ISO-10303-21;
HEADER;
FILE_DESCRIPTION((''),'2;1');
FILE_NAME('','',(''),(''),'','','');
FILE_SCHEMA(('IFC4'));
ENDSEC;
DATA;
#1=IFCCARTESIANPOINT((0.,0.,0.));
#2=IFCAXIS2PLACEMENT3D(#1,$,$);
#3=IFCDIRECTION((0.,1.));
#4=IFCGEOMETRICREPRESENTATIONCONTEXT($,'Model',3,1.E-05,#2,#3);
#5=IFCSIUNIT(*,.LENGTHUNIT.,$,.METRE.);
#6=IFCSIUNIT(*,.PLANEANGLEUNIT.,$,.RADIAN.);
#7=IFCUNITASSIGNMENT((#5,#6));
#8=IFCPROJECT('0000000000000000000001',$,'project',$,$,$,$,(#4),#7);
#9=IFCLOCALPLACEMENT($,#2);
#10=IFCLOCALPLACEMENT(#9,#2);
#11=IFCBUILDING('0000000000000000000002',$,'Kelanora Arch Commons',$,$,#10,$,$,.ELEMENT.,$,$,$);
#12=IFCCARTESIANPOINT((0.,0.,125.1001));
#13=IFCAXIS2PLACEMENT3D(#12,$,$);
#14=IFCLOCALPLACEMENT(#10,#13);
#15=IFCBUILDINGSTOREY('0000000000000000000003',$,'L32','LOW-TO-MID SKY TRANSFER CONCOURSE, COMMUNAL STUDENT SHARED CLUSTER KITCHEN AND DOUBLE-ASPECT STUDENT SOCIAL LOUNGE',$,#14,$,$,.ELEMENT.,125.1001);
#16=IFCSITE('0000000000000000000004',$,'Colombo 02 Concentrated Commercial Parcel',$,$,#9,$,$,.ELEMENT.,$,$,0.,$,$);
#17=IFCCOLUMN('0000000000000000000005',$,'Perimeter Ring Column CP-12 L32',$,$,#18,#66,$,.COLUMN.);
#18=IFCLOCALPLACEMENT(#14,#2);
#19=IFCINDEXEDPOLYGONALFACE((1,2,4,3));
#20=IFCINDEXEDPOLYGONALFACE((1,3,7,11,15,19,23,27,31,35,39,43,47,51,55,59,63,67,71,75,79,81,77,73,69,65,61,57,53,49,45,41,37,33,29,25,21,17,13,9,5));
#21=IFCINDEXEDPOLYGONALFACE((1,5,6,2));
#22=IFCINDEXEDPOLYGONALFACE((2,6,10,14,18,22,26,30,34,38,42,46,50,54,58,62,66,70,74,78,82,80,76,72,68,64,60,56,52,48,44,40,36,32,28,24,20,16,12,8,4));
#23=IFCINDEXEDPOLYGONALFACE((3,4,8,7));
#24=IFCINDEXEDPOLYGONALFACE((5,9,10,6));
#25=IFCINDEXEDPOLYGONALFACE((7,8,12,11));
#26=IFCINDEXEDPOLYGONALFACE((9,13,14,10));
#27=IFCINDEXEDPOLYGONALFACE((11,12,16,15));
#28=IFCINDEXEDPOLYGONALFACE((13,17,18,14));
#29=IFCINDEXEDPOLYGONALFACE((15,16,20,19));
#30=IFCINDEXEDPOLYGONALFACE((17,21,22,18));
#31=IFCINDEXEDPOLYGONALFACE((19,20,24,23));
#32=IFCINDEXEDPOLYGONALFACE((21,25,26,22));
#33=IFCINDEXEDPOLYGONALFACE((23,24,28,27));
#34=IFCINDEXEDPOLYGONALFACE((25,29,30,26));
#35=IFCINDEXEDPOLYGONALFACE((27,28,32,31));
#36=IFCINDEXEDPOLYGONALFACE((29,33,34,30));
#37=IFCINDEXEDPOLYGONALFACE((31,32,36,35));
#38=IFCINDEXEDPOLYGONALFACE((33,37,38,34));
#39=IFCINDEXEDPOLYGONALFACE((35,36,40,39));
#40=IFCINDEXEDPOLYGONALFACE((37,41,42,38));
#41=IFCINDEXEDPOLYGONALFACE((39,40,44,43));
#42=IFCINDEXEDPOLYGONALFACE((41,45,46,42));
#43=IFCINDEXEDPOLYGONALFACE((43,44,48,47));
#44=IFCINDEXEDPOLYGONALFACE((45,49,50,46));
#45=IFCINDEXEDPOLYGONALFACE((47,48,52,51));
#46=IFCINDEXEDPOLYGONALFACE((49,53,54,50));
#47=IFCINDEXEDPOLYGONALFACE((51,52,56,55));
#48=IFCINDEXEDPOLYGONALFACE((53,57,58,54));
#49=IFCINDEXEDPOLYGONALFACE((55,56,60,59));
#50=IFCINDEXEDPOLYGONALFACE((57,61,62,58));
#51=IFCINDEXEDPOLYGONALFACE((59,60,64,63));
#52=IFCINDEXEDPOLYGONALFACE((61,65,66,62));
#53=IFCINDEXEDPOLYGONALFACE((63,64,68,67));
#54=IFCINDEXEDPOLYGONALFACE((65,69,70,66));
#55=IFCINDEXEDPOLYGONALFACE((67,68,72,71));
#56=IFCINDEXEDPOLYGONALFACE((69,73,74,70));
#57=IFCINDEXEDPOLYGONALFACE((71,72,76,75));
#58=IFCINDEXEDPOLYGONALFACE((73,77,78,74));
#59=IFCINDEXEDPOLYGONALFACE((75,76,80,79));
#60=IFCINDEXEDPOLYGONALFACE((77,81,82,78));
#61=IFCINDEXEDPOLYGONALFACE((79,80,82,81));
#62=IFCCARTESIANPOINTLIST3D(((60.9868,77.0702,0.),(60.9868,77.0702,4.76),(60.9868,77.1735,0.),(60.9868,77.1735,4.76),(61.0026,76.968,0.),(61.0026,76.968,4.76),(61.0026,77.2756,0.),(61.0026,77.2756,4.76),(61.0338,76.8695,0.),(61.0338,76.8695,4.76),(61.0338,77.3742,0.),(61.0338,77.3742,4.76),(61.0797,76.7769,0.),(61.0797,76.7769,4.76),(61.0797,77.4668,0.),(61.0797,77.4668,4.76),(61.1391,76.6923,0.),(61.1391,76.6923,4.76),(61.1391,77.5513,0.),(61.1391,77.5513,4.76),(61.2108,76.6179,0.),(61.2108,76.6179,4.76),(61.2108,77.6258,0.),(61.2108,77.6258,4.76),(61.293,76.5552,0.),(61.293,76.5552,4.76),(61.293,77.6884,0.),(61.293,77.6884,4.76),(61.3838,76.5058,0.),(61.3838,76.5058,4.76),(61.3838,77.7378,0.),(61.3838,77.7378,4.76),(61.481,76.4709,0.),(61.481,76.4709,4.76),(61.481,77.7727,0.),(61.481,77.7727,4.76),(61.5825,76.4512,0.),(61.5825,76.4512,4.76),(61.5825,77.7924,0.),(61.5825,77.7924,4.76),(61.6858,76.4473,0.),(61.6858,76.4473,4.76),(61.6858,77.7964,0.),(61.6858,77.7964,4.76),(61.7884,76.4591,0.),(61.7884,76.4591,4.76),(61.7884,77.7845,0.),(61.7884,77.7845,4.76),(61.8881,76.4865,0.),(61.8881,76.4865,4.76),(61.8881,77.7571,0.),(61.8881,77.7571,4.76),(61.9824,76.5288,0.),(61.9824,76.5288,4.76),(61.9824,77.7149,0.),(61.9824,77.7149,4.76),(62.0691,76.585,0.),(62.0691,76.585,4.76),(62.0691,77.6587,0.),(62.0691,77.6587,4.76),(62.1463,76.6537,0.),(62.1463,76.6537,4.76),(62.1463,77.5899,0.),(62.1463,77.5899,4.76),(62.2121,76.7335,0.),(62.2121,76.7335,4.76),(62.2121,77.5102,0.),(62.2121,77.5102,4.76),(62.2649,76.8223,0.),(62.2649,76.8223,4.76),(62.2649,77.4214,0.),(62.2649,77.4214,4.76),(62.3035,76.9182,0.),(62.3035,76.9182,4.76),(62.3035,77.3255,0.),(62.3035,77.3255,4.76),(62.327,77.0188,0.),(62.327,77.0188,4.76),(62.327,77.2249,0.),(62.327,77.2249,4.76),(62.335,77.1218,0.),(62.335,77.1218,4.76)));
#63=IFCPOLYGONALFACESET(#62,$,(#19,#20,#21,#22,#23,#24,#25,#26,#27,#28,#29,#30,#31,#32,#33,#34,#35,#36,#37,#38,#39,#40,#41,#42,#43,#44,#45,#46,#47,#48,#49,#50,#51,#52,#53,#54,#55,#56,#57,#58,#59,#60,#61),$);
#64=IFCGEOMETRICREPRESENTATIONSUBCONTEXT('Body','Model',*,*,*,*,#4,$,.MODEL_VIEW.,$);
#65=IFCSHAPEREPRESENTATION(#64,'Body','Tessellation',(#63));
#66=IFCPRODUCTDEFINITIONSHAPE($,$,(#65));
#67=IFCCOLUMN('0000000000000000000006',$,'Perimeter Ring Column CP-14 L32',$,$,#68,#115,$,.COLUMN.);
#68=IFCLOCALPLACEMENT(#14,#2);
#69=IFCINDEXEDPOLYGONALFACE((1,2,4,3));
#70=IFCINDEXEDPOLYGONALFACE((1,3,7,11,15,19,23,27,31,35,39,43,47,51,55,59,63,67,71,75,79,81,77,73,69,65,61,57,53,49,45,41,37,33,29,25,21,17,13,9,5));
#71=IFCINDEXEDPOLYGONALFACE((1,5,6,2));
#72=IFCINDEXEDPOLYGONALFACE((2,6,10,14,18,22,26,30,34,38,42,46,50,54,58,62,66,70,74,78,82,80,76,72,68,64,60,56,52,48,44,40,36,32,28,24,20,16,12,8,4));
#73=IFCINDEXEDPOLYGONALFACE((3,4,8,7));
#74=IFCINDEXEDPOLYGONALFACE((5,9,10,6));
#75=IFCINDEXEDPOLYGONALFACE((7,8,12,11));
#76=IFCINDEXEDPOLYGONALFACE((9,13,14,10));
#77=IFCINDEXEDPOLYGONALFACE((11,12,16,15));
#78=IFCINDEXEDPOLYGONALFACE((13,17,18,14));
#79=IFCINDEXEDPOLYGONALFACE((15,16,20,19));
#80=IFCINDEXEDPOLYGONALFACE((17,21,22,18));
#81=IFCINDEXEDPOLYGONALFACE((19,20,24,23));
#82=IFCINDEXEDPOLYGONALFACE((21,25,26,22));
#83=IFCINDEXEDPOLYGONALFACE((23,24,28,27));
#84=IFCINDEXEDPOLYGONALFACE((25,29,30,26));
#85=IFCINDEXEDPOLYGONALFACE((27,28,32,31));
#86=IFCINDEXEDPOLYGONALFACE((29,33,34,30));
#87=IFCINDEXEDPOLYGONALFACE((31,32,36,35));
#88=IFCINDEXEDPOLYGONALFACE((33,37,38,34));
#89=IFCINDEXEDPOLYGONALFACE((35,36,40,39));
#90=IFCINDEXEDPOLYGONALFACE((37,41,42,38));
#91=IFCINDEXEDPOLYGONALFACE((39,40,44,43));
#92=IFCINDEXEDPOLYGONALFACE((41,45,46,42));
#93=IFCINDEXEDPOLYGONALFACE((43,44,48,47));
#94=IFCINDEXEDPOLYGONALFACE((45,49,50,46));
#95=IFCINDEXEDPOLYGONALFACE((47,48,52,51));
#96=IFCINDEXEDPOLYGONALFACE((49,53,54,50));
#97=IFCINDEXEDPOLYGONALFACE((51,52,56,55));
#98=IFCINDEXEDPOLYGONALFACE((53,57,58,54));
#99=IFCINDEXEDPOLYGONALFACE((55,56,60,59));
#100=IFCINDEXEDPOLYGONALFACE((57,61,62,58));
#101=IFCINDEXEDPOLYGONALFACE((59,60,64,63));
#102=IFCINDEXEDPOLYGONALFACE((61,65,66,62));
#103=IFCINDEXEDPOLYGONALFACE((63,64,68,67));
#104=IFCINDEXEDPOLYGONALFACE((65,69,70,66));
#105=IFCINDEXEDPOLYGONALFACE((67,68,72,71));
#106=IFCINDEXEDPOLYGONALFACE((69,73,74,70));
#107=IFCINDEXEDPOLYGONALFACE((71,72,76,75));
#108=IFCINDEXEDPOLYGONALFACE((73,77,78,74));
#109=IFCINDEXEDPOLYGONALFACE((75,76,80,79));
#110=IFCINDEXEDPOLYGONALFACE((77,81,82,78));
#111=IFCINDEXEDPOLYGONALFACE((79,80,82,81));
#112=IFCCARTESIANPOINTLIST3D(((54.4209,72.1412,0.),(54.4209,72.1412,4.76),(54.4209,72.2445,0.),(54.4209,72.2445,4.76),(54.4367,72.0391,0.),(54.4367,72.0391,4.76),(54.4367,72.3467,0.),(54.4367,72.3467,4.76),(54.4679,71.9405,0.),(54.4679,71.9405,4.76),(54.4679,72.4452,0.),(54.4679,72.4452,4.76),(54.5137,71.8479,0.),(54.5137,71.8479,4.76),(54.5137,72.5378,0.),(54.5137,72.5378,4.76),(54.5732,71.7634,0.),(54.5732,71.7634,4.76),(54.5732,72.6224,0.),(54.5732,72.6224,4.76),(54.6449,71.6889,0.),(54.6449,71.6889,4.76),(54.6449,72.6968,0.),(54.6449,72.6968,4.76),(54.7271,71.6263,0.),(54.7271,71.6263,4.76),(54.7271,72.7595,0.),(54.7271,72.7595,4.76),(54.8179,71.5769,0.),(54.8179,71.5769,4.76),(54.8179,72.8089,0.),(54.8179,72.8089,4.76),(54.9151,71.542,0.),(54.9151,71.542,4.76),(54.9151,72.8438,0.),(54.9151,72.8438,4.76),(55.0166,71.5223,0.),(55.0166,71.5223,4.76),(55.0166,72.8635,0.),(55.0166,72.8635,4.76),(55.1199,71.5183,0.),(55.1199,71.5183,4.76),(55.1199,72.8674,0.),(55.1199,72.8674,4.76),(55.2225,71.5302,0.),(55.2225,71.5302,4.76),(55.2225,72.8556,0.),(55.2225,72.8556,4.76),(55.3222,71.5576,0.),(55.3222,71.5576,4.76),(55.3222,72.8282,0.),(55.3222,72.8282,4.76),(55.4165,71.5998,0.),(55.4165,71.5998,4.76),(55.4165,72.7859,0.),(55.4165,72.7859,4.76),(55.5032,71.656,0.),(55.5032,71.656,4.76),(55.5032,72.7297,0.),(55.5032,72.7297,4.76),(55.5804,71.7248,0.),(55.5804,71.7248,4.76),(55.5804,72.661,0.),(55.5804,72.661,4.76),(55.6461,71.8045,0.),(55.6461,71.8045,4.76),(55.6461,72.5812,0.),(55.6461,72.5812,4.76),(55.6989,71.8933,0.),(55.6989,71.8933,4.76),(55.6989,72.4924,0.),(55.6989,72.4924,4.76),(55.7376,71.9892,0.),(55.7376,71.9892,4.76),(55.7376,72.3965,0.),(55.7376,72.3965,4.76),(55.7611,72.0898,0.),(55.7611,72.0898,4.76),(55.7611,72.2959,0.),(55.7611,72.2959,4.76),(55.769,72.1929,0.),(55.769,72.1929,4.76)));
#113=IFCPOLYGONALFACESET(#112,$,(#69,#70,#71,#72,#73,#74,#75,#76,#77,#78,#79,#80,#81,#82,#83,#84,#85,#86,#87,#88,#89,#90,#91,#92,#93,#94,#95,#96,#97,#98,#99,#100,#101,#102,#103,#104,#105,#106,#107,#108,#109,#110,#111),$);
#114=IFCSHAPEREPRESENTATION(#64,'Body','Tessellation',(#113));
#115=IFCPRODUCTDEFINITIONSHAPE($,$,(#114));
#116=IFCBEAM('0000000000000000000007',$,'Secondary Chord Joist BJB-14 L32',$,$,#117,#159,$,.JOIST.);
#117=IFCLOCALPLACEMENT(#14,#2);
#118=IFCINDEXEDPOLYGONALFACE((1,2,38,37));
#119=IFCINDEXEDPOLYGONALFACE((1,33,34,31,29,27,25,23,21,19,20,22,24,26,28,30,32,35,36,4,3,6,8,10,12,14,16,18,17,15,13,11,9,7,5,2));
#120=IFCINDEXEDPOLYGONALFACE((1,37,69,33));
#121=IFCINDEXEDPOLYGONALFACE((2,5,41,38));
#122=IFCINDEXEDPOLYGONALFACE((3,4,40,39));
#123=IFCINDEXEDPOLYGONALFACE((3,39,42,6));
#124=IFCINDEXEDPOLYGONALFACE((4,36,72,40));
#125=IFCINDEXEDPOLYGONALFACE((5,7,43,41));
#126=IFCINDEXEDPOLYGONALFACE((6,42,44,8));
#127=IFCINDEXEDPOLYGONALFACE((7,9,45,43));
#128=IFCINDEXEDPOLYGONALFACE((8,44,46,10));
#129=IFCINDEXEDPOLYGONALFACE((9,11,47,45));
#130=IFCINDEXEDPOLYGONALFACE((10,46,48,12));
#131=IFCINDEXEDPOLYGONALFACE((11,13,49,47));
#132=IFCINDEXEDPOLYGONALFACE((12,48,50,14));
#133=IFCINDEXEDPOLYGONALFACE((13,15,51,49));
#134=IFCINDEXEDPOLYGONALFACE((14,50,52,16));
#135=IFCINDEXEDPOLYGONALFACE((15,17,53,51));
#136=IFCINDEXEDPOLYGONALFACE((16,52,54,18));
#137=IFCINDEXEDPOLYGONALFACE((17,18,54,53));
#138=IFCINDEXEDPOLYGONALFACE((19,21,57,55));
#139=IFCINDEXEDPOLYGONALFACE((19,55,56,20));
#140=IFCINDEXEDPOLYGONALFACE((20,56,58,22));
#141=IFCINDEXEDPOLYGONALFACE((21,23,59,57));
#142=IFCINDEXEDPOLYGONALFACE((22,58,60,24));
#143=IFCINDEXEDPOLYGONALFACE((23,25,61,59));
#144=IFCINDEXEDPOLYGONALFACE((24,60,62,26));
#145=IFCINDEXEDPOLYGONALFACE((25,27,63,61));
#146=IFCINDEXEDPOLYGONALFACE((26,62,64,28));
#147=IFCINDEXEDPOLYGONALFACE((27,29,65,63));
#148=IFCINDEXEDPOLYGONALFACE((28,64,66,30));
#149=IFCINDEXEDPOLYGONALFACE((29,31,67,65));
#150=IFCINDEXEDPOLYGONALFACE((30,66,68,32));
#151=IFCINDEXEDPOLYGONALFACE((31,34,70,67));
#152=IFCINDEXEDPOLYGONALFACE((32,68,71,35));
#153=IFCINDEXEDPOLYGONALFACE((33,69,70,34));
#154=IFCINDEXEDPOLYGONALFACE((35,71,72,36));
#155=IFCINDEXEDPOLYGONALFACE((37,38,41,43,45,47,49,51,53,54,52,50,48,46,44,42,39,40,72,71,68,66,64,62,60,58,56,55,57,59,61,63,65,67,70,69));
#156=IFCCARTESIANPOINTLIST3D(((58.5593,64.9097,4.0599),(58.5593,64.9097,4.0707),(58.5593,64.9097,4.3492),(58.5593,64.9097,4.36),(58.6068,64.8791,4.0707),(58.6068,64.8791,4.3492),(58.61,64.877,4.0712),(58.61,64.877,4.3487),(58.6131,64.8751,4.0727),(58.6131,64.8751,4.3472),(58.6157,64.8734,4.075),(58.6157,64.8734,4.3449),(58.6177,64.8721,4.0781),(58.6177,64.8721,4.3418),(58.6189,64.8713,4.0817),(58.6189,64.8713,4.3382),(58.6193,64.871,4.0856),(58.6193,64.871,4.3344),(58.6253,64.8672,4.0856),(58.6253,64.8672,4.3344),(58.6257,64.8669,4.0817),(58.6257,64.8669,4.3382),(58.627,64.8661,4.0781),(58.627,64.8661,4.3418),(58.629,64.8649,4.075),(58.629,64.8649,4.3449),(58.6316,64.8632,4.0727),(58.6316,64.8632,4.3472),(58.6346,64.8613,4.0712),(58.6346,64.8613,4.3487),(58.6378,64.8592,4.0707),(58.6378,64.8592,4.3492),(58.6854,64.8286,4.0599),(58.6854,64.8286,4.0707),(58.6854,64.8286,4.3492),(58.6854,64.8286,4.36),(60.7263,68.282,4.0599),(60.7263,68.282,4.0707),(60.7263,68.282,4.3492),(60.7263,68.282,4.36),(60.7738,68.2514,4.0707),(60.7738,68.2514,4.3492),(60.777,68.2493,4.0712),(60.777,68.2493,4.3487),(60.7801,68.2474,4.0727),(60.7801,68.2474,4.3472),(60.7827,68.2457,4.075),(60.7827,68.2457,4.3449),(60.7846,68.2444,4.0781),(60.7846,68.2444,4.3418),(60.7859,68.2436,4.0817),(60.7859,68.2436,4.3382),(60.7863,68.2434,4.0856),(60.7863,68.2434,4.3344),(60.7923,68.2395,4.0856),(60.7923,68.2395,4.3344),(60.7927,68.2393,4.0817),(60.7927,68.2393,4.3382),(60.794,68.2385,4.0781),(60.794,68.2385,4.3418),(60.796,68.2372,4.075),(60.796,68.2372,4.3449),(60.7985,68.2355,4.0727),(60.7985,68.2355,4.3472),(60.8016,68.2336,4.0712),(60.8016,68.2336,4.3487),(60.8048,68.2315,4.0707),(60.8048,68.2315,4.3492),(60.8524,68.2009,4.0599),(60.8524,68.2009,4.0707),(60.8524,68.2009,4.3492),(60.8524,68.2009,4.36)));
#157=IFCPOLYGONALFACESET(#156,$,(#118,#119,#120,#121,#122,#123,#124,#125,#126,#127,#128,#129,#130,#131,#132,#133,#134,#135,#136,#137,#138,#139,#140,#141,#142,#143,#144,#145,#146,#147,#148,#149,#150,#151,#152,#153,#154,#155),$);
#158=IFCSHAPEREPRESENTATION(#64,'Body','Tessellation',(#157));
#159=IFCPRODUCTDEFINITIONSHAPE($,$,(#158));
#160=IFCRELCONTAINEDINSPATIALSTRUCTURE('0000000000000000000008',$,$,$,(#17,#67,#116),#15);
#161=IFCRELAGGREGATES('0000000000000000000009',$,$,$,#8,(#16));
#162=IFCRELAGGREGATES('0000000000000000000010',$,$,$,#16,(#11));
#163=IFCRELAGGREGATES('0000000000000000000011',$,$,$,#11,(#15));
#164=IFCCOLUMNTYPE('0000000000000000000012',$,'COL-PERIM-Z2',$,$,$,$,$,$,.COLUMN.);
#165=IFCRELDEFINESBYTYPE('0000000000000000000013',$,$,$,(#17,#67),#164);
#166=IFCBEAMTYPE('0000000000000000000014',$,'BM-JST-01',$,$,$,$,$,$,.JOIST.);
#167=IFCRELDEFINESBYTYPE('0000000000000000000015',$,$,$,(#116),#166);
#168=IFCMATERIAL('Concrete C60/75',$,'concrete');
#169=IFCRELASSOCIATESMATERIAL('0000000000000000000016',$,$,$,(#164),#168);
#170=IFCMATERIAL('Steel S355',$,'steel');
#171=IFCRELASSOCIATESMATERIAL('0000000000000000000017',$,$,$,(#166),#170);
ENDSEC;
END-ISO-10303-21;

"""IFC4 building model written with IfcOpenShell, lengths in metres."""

from ifc_helpers import new_model, si_unit, direction, frame, origin, origin_2d, place, context, subcontext, project, spatial, circle, i_section, extrude, material, material_profile, profile_set, type_object, element, save


model = new_model("IFC4")

# Units and contexts
model_context = context("Model", 3, precision=1e-05, world=origin(), true_north=direction((0.0, 1.0)))
body_context = subcontext(model_context, "Body", "Model", "MODEL_VIEW")
ifc_project = project(units=[si_unit("LENGTHUNIT", "METRE"), si_unit("PLANEANGLEUNIT", "RADIAN")], contexts=[model_context])

# Site, building, storey
site_placement = place(None, origin())
site = spatial("IfcSite", under=ifc_project, at=site_placement, Name="Colombo 02 Concentrated Commercial Parcel", CompositionType="ELEMENT", RefElevation=0.0)
building_placement = place(site_placement, origin())
building = spatial("IfcBuilding", under=site, at=building_placement, Name="Kelanora Arch Commons", CompositionType="ELEMENT")
storey_placement = place(building_placement, frame((0.0, 0.0, 125.1001)))
storey = spatial("IfcBuildingStorey", under=building, at=storey_placement, Name="L32", Description="LOW-TO-MID SKY TRANSFER CONCOURSE, COMMUNAL STUDENT SHARED CLUSTER KITCHEN AND DOUBLE-ASPECT STUDENT SOCIAL LOUNGE", CompositionType="ELEMENT", Elevation=125.1001)

# Columns
ifc_material_1 = material(Name="Concrete C60/75", Category="concrete")
ifc_material_profile_1 = material_profile(ifc_material_1, circle(Radius=0.675, at=origin_2d()), Name="RCC1350")
ifc_profile_set_1 = profile_set([ifc_material_profile_1], Name="Concrete C60/75")
column_type = type_object("IfcColumnType", Name="COL-PERIM-Z2", PredefinedType="COLUMN", material=ifc_profile_set_1)
for number, where, z_axis, x_axis, name in (
    (1, (61.6599, 77.1218, 0.0), (0.0, 0.0, 1.0), (1.0, 0.0, 0.0), "Perimeter Ring Column CP-12 L32"),
    (2, (55.094, 72.1929, 0.0), (0.0, 0.0, 1.0), (1.0, 0.0, 0.0), "Perimeter Ring Column CP-14 L32"),
):
    element("IfcColumn", number, at=place(storey_placement, frame(where, z_axis=z_axis, x_axis=x_axis)), inside=storey, type_object=column_type, Name=name, PredefinedType="COLUMN", context=body_context, shape_type="SweptSolid", body=[
        extrude(circle(Radius=0.675, at=origin_2d()), origin(), (0.0, 0.0, 1.0), 4.76),
    ])

# Beam
ifc_material_2 = material(Name="Steel S355", Category="steel")
ifc_material_profile_2 = material_profile(ifc_material_2, i_section(OverallWidth=0.1499, OverallDepth=0.3, WebThickness=0.0071, FlangeThickness=0.0107, FilletRadius=0.0149, at=origin_2d()), Name="IPE300")
ifc_profile_set_2 = profile_set([ifc_material_profile_2], Name="Steel S355")
beam_type_1 = type_object("IfcBeamType", Name="BM-JST-01", PredefinedType="JOIST", material=ifc_profile_set_2)
beam_1_placement = place(storey_placement, frame((60.7893, 68.2415, 4.21), z_axis=(-0.540594, -0.841283, 0.0), x_axis=(0.841283, -0.540594, 0.0)))
element("IfcBeam", 3, at=beam_1_placement, inside=storey, type_object=beam_type_1, Name="Secondary Chord Joist BJB-14 L32", PredefinedType="JOIST", context=body_context, shape_type="SweptSolid", body=[
    extrude(i_section(OverallWidth=0.1499, OverallDepth=0.3, WebThickness=0.0071, FlangeThickness=0.0107, FilletRadius=0.0149, at=origin_2d()), origin(), (0.0, 0.0, 1.0), 4.0085),
])

save(model, "model.ifc")
